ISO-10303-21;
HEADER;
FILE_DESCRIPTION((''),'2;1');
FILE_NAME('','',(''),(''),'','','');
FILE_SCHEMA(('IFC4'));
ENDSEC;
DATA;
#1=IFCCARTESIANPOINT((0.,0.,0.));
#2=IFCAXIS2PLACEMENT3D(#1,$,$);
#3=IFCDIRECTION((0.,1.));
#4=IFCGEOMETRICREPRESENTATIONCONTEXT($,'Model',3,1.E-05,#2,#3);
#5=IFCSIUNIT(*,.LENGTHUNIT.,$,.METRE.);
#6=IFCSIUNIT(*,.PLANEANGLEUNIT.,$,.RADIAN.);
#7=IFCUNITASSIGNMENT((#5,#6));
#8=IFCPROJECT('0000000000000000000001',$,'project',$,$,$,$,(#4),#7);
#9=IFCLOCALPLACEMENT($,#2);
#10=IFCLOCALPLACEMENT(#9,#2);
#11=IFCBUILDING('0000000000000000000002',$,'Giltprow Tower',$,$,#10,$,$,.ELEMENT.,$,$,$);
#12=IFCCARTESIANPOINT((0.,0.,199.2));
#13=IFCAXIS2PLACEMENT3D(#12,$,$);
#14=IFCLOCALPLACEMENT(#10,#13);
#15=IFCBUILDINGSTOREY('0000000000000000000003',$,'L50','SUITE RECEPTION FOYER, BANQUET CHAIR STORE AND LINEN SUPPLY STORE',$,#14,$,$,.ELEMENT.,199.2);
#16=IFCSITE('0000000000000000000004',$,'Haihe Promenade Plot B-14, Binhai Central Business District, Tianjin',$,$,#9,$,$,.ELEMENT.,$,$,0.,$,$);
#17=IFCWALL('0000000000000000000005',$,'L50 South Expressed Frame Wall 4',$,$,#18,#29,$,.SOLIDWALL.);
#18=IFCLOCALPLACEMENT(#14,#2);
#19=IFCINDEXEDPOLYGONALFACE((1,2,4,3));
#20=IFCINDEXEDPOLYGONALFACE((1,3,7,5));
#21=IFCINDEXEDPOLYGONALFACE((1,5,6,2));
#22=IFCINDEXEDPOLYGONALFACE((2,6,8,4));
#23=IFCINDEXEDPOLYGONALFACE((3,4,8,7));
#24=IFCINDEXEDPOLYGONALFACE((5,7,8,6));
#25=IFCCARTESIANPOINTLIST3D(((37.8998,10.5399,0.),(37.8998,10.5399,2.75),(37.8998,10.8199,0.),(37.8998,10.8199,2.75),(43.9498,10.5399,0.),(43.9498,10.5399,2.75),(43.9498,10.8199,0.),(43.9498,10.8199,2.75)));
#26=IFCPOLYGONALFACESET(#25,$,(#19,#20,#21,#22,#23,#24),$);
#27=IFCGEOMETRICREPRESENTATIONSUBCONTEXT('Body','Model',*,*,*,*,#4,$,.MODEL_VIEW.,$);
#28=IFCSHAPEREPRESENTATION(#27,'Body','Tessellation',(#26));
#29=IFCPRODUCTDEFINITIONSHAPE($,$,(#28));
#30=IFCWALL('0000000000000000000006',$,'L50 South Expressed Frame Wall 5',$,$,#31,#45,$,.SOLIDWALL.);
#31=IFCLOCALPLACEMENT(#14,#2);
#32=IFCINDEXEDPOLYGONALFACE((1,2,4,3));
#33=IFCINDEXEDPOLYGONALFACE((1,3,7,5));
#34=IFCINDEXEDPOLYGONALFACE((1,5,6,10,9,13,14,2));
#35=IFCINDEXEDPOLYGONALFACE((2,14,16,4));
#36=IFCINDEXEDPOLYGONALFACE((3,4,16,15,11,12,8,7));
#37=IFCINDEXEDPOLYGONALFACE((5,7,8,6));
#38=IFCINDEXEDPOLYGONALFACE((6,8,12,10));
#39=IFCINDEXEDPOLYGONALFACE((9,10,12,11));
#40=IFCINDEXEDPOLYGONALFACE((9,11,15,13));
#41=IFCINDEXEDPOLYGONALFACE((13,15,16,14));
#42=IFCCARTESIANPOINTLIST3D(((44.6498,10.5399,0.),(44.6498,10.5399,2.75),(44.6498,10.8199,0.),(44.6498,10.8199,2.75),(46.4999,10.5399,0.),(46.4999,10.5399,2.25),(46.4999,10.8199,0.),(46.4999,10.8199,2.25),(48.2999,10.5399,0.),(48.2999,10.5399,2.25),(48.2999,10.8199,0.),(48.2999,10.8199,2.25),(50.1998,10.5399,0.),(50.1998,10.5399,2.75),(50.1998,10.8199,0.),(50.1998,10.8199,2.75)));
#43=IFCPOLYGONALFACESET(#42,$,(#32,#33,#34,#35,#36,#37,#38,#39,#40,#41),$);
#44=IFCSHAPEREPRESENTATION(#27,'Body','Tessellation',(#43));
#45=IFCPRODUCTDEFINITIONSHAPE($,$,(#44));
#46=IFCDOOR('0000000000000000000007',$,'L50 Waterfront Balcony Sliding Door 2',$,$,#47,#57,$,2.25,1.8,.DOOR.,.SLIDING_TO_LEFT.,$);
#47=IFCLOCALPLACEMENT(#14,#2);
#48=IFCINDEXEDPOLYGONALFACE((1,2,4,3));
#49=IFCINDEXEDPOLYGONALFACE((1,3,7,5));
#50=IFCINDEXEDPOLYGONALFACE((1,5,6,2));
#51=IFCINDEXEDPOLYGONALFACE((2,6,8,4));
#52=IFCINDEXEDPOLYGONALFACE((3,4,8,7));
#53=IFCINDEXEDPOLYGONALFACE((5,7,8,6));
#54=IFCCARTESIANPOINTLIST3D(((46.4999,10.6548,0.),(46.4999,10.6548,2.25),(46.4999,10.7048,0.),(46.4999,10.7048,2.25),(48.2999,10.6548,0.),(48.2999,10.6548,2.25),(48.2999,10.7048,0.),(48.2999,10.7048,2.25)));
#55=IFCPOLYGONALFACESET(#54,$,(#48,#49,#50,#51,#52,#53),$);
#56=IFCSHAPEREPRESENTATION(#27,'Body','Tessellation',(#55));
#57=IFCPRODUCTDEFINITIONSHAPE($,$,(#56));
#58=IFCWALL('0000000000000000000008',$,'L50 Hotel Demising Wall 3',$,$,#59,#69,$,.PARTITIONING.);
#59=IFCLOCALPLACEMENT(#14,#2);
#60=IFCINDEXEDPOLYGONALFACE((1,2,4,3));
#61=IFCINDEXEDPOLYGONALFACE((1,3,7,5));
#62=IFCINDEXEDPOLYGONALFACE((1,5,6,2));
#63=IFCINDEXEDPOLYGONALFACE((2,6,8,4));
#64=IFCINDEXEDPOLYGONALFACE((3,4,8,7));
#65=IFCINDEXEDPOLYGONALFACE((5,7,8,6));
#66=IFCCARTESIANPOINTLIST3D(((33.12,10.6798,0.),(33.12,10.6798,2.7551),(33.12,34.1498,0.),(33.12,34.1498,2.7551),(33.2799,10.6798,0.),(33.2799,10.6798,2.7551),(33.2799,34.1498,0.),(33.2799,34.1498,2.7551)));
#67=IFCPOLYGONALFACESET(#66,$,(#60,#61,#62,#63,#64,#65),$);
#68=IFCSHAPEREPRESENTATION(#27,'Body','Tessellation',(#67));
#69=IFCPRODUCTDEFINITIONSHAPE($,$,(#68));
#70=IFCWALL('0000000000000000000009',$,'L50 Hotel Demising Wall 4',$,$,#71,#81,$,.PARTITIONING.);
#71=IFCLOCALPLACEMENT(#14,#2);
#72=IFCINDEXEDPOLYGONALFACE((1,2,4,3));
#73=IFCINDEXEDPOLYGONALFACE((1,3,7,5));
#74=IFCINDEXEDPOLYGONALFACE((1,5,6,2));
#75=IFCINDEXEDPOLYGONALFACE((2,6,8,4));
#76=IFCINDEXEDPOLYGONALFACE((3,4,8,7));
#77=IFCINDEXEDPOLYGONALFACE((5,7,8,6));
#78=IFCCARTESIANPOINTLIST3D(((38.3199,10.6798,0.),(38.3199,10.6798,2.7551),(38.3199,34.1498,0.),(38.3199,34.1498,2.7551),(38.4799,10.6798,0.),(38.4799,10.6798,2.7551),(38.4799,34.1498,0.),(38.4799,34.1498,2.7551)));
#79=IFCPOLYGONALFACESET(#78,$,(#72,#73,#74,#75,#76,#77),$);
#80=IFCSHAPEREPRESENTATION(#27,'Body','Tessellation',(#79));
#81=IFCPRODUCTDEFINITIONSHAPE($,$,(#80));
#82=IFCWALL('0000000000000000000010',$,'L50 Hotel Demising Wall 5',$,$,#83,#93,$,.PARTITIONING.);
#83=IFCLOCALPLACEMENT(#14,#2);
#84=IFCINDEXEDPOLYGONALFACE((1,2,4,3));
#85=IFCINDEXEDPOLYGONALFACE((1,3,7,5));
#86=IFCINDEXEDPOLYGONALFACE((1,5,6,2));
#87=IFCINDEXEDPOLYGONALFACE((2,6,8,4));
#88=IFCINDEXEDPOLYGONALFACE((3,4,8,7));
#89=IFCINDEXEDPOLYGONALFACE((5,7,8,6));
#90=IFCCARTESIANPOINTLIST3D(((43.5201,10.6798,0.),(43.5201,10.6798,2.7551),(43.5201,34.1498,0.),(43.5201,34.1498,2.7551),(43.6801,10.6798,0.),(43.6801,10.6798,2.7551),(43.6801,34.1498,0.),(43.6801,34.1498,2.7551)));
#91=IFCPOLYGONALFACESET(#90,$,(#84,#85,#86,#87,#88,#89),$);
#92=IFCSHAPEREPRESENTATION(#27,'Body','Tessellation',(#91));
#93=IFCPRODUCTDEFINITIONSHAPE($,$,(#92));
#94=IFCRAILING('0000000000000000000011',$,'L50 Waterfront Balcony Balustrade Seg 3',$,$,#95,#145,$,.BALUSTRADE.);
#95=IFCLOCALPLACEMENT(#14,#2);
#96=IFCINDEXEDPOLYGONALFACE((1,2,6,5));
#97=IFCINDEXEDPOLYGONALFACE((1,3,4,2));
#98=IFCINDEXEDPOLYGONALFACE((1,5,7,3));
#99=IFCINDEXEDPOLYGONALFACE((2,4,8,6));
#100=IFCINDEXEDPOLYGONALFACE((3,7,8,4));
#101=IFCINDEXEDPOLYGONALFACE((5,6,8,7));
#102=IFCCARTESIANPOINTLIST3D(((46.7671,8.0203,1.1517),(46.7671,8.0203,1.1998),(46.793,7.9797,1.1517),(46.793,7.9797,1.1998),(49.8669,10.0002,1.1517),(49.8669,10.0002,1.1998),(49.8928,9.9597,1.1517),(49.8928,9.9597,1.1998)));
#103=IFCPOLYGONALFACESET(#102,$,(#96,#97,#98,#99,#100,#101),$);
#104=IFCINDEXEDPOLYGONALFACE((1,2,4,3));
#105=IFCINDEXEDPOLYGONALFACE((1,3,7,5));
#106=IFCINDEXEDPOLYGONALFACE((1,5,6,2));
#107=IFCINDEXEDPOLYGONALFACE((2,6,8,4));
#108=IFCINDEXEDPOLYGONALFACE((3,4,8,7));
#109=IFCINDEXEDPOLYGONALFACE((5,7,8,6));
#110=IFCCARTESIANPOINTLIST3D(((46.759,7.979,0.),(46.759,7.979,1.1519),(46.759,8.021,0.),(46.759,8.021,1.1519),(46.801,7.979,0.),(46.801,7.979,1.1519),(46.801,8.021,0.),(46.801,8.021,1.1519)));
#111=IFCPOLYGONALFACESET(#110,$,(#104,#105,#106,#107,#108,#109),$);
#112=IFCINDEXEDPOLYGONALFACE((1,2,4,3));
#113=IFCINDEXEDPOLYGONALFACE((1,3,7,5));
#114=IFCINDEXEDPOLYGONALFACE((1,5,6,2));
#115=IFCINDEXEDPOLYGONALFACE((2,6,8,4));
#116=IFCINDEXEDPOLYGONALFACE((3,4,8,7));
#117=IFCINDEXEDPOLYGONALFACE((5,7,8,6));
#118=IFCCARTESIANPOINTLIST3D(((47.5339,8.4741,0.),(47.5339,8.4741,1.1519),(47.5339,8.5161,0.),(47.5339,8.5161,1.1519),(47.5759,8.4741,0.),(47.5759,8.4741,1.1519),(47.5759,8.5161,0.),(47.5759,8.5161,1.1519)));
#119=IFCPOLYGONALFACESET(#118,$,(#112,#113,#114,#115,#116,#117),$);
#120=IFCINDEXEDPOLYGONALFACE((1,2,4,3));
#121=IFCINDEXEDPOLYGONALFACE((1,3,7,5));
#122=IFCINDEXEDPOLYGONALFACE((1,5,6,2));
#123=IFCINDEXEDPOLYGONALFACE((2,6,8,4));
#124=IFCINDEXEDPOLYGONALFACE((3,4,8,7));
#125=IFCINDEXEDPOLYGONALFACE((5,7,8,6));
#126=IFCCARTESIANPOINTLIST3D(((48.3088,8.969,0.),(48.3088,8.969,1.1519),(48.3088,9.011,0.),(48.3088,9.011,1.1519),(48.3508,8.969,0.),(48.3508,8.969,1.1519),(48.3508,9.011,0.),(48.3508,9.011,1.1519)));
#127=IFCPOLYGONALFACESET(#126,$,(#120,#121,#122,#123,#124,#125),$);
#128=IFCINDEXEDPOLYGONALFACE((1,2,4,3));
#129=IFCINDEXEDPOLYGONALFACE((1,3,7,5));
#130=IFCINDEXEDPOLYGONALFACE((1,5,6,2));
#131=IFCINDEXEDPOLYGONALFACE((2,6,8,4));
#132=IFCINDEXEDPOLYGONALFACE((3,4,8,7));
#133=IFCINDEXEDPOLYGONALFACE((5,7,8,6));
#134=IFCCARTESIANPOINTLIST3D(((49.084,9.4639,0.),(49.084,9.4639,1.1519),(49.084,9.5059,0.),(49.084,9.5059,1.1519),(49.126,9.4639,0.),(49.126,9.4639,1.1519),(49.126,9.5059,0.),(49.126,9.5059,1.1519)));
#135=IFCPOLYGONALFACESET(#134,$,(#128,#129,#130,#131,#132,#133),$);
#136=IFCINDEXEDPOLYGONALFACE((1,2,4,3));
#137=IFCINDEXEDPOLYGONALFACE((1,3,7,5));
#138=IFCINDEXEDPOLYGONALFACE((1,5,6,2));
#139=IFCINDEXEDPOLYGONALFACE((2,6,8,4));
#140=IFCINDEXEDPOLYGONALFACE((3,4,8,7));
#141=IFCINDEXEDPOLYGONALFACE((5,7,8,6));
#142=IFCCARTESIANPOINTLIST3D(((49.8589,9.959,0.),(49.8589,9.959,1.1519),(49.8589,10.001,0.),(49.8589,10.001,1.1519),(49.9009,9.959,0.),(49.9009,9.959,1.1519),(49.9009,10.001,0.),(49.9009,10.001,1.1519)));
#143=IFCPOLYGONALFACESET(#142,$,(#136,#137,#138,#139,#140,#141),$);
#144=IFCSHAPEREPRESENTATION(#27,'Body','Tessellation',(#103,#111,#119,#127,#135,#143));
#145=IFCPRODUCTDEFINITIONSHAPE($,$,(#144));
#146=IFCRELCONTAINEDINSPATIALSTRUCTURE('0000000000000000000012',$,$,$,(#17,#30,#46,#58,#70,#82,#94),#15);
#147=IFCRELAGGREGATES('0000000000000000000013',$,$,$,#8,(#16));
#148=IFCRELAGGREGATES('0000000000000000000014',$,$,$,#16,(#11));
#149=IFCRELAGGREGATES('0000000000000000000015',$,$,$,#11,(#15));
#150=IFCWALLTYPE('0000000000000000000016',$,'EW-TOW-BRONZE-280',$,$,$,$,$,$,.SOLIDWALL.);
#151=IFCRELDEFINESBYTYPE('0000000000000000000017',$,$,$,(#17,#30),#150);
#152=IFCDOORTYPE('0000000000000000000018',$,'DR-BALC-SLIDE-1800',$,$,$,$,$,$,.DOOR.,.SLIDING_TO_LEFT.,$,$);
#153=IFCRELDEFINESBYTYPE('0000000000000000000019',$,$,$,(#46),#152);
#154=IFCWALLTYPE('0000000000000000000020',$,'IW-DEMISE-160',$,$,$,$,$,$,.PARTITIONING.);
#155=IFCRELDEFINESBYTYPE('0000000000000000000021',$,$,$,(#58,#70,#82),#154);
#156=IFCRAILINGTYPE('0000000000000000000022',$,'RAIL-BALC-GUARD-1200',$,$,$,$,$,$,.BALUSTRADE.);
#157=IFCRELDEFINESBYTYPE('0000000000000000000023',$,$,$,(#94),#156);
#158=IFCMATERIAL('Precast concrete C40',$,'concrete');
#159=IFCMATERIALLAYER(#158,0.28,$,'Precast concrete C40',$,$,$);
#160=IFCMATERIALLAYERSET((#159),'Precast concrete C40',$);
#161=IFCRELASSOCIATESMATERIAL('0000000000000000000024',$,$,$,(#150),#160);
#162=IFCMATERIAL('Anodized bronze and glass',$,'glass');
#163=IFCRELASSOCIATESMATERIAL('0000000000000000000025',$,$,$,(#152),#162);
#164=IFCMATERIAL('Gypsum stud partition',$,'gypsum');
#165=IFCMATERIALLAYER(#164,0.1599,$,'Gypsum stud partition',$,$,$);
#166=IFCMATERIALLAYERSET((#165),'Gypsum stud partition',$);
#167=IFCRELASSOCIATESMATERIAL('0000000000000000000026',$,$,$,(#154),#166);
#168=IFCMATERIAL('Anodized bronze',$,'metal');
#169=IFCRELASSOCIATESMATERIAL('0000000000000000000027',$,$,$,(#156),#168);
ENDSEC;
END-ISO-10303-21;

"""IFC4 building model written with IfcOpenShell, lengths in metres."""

from ifc_helpers import new_model, si_unit, direction, frame, frame_2d, origin, origin_2d, place, context, subcontext, project, spatial, rectangle, extrude, source, transform, mapped, material, layer, layer_set, type_object, element, fill, save


model = new_model("IFC4")

# Units and contexts
model_context = context("Model", 3, precision=1e-05, world=origin(), true_north=direction((0.0, 1.0)))
body_context = subcontext(model_context, "Body", "Model", "MODEL_VIEW")
ifc_project = project(units=[si_unit("LENGTHUNIT", "METRE"), si_unit("PLANEANGLEUNIT", "RADIAN")], contexts=[model_context])

# Site, building, storey
site_placement = place(None, origin())
site = spatial("IfcSite", under=ifc_project, at=site_placement, Name="Haihe Promenade Plot B-14, Binhai Central Business District, Tianjin", CompositionType="ELEMENT", RefElevation=0.0)
building_placement = place(site_placement, origin())
building = spatial("IfcBuilding", under=site, at=building_placement, Name="Giltprow Tower", CompositionType="ELEMENT")
storey_placement = place(building_placement, frame((0.0, 0.0, 199.2)))
storey = spatial("IfcBuildingStorey", under=building, at=storey_placement, Name="L50", Description="SUITE RECEPTION FOYER, BANQUET CHAIR STORE AND LINEN SUPPLY STORE", CompositionType="ELEMENT", Elevation=199.2)

# Shared definitions
ifc_material_1 = material(Name="Anodized bronze", Category="metal")

# Wall
ifc_material_2 = material(Name="Precast concrete C40", Category="concrete")
ifc_layer_1 = layer(ifc_material_2, 0.28, Name="Precast concrete C40")
ifc_layer_set_1 = layer_set([ifc_layer_1], Name="Precast concrete C40")
wall_type_1 = type_object("IfcWallType", Name="EW-TOW-BRONZE-280", PredefinedType="SOLIDWALL", material=ifc_layer_set_1)
wall_1_placement = place(storey_placement, frame((37.8999, 10.6799, 0.0), z_axis=(0.0, 0.0, 1.0), x_axis=(1.0, 0.0, 0.0)))
element("IfcWall", 1, at=wall_1_placement, inside=storey, type_object=wall_type_1, Name="L50 South Expressed Frame Wall 4", PredefinedType="SOLIDWALL", context=body_context, shape_type="SweptSolid", body=[
    extrude(rectangle(XDim=6.05, YDim=0.28, at=frame_2d((3.0249, 0.0))), origin(), (0.0, 0.0, 1.0), 2.75),
])

# Wall, opening, door
wall_2_placement = place(storey_placement, frame((44.6499, 10.6799, 0.0), z_axis=(0.0, 0.0, 1.0), x_axis=(1.0, 0.0, 0.0)))
wall_2 = element("IfcWall", 2, at=wall_2_placement, inside=storey, type_object=wall_type_1, Name="L50 South Expressed Frame Wall 5", PredefinedType="SOLIDWALL", context=body_context, shape_type="SweptSolid", body=[
    extrude(rectangle(XDim=5.55, YDim=0.28, at=frame_2d((2.7749, 0.0))), origin(), (0.0, 0.0, 1.0), 2.75),
])
opening_placement = place(wall_2_placement, frame((1.8501, 0.0, 0.0)))
opening = element("IfcOpeningElement", 3, at=opening_placement, cuts=wall_2, PredefinedType="OPENING", context=body_context, shape_type="SweptSolid", body=[
    extrude(rectangle(XDim=1.8, YDim=2.25, at=frame_2d((0.8999, 1.125))), frame((0.0, 0.1499, 0.0), z_axis=(0.0, -1.0, 0.0), x_axis=(1.0, 0.0, 0.0)), (0.0, 0.0, 1.0), 0.3),
])
ifc_material_3 = material(Name="Anodized bronze and glass", Category="glass")
door_type = type_object("IfcDoorType", Name="DR-BALC-SLIDE-1800", OperationType="SLIDING_TO_LEFT", PredefinedType="DOOR", material=ifc_material_3)
shared_shape_1 = source(origin(), body_context, "Body", "SweptSolid", [
    extrude(rectangle(XDim=1.8, YDim=2.25, at=frame_2d((0.8999, 1.125))), frame((0.0, 0.0249, 0.0), z_axis=(0.0, -1.0, 0.0), x_axis=(1.0, 0.0, 0.0)), (0.0, 0.0, 1.0), 0.05),
])
door_placement = place(opening_placement, origin())
door = element("IfcDoor", 4, at=door_placement, inside=storey, type_object=door_type, Name="L50 Waterfront Balcony Sliding Door 2", OperationType="SLIDING_TO_LEFT", OverallHeight=2.25, OverallWidth=1.8, PredefinedType="DOOR", context=body_context, shape_type="MappedRepresentation", body=[
    mapped(shared_shape_1, transform((0.0, 0.0, 0.0), x_axis=(1.0, 0.0, 0.0), y_axis=(0.0, 1.0, 0.0), z_axis=(0.0, 0.0, 1.0), scale=1.0)),
])
fill(opening, door)

# Walls
ifc_material_4 = material(Name="Gypsum stud partition", Category="gypsum")
ifc_layer_2 = layer(ifc_material_4, 0.1599, Name="Gypsum stud partition")
ifc_layer_set_2 = layer_set([ifc_layer_2], Name="Gypsum stud partition")
wall_type_2 = type_object("IfcWallType", Name="IW-DEMISE-160", PredefinedType="PARTITIONING", material=ifc_layer_set_2)
for number, where, z_axis, x_axis, name in (
    (5, (33.2, 10.6799, 0.0), (0.0, 0.0, 1.0), (0.0, 1.0, 0.0), "L50 Hotel Demising Wall 3"),
    (6, (38.3999, 10.6799, 0.0), (0.0, 0.0, 1.0), (0.0, 1.0, 0.0), "L50 Hotel Demising Wall 4"),
    (7, (43.6001, 10.6799, 0.0), (0.0, 0.0, 1.0), (0.0, 1.0, 0.0), "L50 Hotel Demising Wall 5"),
):
    element("IfcWall", number, at=place(storey_placement, frame(where, z_axis=z_axis, x_axis=x_axis)), inside=storey, type_object=wall_type_2, Name=name, PredefinedType="PARTITIONING", context=body_context, shape_type="SweptSolid", body=[
        extrude(rectangle(XDim=23.47, YDim=0.1599, at=frame_2d((11.7349, 0.0))), origin(), (0.0, 0.0, 1.0), 2.7551),
    ])

# Railing
railing_type = type_object("IfcRailingType", Name="RAIL-BALC-GUARD-1200", PredefinedType="BALUSTRADE", material=ifc_material_1)
railing_1_placement = place(storey_placement, frame((46.78, 8.0, 0.0)))
element("IfcRailing", 8, at=railing_1_placement, inside=storey, type_object=railing_type, Name="L50 Waterfront Balcony Balustrade Seg 3", PredefinedType="BALUSTRADE", context=body_context, shape_type="SweptSolid", body=[
    extrude(rectangle(XDim=0.0481, YDim=0.0481, at=origin_2d()), frame((0.0, 0.0, 1.1758), z_axis=(0.842756, 0.538296, 0.0), x_axis=(-0.538296, 0.842756, 0.0)), (0.0, 0.0, 1.0), 3.6782),
    extrude(rectangle(XDim=0.042, YDim=0.042, at=origin_2d()), origin(), (0.0, 0.0, 1.0), 1.1519),
    extrude(rectangle(XDim=0.042, YDim=0.042, at=origin_2d()), frame((0.7749, 0.4951, 0.0)), (0.0, 0.0, 1.0), 1.1519),
    extrude(rectangle(XDim=0.042, YDim=0.042, at=origin_2d()), frame((1.5498, 0.99, 0.0)), (0.0, 0.0, 1.0), 1.1519),
    extrude(rectangle(XDim=0.042, YDim=0.042, at=origin_2d()), frame((2.325, 1.4849, 0.0)), (0.0, 0.0, 1.0), 1.1519),
    extrude(rectangle(XDim=0.042, YDim=0.042, at=origin_2d()), frame((3.0999, 1.98, 0.0)), (0.0, 0.0, 1.0), 1.1519),
])

save(model, "model.ifc")
